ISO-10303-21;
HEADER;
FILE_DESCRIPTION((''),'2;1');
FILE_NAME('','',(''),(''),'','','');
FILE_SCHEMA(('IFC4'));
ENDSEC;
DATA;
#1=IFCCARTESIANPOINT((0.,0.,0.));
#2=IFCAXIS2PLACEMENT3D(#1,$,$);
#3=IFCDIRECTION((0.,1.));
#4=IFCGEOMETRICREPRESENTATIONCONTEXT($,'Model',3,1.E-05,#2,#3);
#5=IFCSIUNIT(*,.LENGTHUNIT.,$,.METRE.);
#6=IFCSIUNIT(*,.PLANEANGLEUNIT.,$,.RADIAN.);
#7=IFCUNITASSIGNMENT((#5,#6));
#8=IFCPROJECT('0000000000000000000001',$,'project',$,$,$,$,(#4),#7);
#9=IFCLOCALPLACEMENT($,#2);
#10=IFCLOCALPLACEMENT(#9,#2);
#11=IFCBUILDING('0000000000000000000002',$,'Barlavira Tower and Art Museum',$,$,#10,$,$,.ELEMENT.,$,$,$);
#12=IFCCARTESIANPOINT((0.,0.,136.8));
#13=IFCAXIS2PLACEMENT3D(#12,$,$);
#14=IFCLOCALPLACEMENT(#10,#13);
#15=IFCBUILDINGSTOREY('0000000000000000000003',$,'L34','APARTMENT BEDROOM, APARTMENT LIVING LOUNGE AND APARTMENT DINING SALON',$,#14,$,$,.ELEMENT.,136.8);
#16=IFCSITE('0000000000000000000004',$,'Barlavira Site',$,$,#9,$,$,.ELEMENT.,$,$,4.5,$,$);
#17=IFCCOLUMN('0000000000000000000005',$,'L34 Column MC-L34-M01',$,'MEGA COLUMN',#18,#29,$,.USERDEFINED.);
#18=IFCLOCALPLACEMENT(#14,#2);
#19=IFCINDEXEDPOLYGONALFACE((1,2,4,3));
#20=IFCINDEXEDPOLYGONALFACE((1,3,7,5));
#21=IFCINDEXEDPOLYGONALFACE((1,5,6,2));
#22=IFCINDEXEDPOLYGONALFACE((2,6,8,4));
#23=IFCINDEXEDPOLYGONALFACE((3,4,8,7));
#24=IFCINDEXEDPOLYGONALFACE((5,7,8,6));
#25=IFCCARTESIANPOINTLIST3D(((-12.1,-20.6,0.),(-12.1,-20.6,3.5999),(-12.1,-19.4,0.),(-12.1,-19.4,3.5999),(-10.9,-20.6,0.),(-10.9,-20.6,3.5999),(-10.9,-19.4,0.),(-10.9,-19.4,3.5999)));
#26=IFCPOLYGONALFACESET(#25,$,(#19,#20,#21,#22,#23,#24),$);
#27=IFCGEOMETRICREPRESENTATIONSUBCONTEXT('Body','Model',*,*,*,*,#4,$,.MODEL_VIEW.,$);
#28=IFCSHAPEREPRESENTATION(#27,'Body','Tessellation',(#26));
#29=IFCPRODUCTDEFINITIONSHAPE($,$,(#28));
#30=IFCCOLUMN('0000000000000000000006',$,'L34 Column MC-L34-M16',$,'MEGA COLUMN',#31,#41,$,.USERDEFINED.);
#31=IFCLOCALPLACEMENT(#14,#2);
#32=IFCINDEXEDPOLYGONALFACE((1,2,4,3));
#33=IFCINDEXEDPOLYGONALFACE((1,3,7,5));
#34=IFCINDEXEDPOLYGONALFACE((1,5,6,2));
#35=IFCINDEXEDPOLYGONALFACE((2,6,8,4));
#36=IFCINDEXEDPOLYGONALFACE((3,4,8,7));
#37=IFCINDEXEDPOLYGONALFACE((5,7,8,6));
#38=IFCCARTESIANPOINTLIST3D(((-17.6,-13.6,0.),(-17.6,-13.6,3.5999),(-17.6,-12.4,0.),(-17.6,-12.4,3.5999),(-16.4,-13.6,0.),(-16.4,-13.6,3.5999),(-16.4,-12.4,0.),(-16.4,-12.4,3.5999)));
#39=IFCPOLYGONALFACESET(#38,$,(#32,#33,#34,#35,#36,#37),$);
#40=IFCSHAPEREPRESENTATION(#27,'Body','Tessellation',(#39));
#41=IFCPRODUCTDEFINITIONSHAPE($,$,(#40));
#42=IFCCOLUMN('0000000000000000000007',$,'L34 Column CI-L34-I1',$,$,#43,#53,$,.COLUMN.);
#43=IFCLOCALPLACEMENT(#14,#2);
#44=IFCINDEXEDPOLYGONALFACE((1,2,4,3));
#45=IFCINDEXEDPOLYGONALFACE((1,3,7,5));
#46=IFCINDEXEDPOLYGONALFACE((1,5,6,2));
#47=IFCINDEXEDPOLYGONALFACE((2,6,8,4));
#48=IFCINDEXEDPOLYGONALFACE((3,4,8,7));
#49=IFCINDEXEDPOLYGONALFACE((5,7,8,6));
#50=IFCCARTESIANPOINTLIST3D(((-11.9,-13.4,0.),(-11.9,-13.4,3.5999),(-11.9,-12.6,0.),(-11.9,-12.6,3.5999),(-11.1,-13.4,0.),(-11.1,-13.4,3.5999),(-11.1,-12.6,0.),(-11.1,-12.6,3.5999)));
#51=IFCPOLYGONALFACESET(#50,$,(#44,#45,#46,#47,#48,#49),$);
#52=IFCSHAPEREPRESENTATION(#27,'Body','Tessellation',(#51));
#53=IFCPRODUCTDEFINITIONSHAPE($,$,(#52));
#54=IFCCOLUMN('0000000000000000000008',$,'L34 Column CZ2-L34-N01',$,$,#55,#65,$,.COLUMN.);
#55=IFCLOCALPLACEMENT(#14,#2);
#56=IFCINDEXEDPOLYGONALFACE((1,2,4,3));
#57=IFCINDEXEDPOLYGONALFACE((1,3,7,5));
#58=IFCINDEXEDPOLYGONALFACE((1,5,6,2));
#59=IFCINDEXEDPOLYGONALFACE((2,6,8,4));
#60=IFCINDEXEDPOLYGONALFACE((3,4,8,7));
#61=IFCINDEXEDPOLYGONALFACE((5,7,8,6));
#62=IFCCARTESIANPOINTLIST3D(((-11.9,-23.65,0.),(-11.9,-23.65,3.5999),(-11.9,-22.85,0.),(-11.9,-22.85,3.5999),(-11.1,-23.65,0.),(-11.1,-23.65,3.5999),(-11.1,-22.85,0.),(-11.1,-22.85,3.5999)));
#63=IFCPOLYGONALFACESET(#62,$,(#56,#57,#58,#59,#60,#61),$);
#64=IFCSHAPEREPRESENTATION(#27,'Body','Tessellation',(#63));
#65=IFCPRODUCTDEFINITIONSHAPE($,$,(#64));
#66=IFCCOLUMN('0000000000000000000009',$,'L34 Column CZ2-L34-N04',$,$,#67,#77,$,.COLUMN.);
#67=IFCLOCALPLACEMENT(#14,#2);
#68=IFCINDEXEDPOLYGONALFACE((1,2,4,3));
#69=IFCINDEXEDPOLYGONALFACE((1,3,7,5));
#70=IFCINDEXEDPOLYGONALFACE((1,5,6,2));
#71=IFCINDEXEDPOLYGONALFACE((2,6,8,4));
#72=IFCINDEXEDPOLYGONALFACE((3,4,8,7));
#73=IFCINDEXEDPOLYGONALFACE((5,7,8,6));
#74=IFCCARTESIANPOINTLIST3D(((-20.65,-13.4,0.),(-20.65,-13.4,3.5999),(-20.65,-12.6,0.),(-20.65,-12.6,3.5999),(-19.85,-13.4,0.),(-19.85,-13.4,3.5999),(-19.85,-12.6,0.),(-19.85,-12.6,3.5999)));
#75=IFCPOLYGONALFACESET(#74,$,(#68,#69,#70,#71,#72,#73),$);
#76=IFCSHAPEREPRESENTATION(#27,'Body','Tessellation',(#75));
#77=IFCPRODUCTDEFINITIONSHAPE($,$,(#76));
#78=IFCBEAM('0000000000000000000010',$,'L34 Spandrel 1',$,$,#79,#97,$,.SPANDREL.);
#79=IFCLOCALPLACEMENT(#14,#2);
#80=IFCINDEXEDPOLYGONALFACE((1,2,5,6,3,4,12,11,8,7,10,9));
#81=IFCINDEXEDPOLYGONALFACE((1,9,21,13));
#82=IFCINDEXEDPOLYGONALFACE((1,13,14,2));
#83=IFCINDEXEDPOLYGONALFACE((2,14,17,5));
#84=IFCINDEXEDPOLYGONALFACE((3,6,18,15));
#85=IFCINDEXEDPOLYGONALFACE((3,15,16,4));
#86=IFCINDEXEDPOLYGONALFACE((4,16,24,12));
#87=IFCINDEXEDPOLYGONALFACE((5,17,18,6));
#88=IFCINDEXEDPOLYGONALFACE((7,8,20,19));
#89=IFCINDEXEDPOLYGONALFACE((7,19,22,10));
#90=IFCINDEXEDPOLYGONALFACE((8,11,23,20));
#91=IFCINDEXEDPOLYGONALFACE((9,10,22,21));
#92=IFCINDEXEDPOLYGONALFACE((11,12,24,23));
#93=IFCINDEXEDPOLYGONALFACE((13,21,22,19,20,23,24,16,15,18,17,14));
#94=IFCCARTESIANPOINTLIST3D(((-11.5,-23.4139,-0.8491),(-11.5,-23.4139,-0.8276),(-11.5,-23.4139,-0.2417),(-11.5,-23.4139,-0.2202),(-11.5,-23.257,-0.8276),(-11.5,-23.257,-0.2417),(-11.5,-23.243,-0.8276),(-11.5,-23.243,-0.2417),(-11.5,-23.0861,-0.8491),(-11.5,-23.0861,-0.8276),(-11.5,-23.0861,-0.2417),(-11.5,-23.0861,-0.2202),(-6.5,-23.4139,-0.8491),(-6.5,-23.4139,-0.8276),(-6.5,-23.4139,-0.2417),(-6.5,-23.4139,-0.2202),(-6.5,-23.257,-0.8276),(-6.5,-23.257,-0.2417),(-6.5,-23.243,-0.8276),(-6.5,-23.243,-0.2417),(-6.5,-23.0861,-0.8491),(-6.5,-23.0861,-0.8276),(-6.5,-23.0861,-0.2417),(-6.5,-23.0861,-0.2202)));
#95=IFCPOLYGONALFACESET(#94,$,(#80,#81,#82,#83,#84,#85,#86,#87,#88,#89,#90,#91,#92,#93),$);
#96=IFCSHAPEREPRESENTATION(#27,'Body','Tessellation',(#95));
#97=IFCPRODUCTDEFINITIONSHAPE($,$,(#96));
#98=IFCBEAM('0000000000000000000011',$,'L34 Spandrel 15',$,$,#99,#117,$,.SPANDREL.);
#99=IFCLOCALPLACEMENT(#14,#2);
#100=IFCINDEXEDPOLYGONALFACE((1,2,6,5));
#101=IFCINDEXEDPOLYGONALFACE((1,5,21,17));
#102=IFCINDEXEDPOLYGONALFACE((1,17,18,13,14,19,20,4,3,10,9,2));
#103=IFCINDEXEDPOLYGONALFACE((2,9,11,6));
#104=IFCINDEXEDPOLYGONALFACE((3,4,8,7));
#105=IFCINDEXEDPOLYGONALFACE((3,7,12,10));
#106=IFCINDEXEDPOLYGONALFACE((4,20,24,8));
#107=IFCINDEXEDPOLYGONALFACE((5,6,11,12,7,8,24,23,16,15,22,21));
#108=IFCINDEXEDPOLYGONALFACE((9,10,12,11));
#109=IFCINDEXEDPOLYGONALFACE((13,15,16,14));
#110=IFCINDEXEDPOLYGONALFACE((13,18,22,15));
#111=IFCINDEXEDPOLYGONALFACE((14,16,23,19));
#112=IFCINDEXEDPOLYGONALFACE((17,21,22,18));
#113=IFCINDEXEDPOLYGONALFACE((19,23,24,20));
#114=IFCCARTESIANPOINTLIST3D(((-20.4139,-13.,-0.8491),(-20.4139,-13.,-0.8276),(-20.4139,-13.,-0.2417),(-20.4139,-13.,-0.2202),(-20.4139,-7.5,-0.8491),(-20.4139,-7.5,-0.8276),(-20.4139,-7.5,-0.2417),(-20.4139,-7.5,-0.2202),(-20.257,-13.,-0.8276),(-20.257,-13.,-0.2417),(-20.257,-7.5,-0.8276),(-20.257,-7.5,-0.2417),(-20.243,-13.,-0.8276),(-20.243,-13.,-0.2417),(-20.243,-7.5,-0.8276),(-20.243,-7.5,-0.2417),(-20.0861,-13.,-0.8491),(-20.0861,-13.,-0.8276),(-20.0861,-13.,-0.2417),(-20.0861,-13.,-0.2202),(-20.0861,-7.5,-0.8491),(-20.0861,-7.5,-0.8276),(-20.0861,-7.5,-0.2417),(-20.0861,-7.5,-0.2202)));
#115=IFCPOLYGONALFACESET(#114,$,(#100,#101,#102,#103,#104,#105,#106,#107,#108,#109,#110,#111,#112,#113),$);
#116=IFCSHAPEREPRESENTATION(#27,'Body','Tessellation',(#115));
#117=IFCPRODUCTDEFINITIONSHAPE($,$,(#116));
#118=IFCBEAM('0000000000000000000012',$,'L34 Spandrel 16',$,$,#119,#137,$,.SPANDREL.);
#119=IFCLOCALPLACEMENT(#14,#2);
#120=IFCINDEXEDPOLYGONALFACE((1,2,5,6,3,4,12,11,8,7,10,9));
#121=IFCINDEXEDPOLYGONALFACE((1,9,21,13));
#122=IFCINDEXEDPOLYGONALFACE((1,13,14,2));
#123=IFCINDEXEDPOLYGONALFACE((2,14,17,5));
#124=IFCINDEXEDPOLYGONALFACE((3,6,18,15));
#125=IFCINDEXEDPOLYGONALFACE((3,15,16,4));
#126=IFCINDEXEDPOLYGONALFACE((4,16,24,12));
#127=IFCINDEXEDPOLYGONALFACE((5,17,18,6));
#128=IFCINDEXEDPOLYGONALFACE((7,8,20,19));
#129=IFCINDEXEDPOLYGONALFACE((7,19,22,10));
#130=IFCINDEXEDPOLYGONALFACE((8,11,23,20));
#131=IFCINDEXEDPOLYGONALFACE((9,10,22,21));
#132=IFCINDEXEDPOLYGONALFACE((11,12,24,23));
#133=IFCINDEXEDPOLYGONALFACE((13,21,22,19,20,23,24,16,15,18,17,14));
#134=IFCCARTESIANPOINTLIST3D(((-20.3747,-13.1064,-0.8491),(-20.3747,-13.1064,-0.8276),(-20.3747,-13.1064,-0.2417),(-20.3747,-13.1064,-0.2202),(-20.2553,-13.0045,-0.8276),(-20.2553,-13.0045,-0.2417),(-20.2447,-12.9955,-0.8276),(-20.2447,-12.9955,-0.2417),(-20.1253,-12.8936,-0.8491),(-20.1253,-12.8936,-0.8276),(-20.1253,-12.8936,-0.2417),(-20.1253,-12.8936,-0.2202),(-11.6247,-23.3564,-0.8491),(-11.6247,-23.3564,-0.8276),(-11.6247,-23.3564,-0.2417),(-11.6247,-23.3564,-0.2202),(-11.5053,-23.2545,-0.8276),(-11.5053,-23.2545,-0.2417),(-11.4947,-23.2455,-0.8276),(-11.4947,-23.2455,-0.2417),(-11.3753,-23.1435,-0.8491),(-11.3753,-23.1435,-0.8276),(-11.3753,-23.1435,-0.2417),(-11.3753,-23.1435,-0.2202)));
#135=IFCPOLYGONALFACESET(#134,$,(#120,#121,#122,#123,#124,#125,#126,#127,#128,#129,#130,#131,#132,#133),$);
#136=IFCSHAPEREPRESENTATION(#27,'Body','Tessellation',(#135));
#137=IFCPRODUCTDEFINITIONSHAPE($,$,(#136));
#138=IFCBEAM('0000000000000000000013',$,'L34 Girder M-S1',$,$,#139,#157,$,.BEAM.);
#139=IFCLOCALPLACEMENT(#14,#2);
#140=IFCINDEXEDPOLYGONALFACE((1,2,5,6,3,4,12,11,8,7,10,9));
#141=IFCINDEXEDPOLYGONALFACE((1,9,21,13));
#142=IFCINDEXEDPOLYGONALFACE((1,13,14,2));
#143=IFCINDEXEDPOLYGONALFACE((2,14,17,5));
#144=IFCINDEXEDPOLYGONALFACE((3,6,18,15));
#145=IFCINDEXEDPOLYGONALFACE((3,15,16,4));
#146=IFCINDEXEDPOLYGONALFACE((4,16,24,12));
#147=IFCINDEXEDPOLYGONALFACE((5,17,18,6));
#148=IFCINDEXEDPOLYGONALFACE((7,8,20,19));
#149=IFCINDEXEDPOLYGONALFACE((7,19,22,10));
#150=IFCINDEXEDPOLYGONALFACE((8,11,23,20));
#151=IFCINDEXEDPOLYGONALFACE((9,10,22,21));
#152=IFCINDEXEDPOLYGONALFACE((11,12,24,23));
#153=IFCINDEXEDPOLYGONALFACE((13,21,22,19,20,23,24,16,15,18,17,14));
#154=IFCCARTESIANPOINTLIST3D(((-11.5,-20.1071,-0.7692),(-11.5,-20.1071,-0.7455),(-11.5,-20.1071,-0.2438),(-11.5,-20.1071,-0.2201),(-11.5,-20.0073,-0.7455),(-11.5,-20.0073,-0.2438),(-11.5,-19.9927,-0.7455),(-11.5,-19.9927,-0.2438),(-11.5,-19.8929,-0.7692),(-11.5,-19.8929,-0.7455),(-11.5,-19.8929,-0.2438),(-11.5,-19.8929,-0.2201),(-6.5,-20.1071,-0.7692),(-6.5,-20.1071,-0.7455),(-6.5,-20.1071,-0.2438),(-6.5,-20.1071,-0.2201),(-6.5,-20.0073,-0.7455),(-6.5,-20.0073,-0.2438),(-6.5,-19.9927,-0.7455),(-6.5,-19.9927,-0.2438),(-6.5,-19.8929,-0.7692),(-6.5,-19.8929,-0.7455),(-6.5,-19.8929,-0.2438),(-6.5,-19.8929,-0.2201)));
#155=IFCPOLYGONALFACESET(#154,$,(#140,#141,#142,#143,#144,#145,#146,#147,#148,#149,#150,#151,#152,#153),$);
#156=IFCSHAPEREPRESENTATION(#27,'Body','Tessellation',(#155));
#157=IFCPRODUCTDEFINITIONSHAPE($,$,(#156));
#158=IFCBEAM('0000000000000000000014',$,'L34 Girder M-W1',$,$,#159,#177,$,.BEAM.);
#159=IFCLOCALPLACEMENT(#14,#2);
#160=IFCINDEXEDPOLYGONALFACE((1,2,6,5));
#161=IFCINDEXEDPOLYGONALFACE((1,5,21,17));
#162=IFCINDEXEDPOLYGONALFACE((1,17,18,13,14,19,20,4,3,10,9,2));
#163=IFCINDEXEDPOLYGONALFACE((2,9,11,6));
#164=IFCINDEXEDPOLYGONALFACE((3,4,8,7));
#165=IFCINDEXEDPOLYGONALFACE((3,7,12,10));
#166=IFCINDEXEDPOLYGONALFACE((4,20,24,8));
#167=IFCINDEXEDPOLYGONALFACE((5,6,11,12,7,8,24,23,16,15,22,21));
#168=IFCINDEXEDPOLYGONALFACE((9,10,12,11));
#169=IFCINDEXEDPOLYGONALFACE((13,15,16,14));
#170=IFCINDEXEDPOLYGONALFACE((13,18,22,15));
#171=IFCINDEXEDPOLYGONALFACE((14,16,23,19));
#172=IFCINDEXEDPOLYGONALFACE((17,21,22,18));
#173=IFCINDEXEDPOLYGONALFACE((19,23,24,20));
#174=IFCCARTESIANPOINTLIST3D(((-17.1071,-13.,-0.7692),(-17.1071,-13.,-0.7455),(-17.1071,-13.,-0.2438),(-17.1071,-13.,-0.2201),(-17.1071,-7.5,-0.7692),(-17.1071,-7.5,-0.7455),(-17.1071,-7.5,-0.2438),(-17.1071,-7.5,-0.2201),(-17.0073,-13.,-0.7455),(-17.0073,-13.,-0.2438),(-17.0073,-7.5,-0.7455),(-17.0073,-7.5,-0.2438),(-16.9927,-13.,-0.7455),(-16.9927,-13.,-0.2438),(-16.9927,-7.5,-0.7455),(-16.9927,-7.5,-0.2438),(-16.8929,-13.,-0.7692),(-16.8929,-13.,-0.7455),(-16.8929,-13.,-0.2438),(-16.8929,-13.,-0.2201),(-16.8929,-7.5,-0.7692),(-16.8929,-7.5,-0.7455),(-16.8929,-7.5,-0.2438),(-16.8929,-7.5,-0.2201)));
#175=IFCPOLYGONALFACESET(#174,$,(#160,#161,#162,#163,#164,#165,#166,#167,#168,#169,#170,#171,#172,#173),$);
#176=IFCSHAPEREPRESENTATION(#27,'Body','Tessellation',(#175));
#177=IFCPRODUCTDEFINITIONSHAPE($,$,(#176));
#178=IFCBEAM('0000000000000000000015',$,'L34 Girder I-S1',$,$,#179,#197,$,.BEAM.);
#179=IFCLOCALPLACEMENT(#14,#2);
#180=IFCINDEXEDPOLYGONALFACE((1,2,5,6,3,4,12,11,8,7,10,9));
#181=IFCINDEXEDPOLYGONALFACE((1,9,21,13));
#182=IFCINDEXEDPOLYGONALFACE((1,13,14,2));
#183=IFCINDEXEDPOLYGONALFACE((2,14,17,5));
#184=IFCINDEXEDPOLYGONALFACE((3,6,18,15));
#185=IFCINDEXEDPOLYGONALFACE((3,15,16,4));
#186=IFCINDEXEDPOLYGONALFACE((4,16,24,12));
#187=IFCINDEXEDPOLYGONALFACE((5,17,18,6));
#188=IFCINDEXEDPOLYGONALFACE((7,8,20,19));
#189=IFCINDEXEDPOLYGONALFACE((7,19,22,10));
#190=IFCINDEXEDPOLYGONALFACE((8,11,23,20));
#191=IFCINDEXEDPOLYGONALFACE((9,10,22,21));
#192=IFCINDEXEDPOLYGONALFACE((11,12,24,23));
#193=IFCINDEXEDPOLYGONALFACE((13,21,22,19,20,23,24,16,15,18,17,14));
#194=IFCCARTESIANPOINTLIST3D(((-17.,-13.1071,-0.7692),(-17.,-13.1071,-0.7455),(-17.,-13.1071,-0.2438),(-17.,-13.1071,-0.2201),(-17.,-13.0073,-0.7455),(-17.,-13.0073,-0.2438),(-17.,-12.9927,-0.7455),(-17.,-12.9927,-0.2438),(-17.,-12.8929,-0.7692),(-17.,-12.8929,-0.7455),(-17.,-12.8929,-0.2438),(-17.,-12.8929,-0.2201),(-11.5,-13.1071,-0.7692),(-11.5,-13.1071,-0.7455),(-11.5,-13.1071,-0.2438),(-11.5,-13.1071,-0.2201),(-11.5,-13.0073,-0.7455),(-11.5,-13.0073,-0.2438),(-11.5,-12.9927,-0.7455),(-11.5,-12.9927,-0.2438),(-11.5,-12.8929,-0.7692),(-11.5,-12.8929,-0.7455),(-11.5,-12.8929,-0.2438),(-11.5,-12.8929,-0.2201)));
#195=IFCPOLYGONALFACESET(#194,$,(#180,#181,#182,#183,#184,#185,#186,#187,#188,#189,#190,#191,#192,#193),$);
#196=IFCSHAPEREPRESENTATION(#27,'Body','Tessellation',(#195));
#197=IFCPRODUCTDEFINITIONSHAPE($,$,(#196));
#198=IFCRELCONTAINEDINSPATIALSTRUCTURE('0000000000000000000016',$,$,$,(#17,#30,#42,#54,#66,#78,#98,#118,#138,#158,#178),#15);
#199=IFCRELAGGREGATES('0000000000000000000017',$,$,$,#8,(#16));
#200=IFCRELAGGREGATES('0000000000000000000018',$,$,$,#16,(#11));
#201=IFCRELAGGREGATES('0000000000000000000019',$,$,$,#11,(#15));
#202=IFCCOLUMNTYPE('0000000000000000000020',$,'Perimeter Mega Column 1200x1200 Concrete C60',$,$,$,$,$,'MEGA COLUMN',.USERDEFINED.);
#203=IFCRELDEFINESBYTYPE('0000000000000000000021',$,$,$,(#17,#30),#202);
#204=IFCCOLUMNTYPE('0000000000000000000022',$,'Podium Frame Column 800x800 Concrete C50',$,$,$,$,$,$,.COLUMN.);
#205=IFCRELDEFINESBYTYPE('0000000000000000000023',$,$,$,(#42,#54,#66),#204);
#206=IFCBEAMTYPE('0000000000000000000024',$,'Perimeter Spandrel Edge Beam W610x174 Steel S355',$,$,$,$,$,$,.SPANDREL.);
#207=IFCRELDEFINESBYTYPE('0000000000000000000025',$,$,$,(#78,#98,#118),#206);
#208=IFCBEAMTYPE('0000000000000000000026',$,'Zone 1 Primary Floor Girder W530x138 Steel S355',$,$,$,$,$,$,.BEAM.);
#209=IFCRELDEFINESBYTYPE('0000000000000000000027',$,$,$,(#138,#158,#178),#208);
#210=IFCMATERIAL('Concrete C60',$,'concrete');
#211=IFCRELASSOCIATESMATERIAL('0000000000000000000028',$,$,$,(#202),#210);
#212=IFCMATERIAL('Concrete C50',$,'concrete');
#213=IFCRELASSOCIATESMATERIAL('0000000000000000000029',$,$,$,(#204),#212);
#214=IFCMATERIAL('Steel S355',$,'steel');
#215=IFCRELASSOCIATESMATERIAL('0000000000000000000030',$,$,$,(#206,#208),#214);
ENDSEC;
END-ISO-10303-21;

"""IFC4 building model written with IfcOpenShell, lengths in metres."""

from ifc_helpers import new_model, si_unit, direction, frame, origin, origin_2d, place, context, subcontext, project, spatial, rectangle, i_section, extrude, material, material_profile, profile_set, type_object, element, save


model = new_model("IFC4")

# Units and contexts
model_context = context("Model", 3, precision=1e-05, world=origin(), true_north=direction((0.0, 1.0)))
body_context = subcontext(model_context, "Body", "Model", "MODEL_VIEW")
ifc_project = project(units=[si_unit("LENGTHUNIT", "METRE"), si_unit("PLANEANGLEUNIT", "RADIAN")], contexts=[model_context])

# Site, building, storey
site_placement = place(None, origin())
site = spatial("IfcSite", under=ifc_project, at=site_placement, Name="Barlavira Site", CompositionType="ELEMENT", RefElevation=4.5)
building_placement = place(site_placement, origin())
building = spatial("IfcBuilding", under=site, at=building_placement, Name="Barlavira Tower and Art Museum", CompositionType="ELEMENT")
storey_placement = place(building_placement, frame((0.0, 0.0, 136.8)))
storey = spatial("IfcBuildingStorey", under=building, at=storey_placement, Name="L34", Description="APARTMENT BEDROOM, APARTMENT LIVING LOUNGE AND APARTMENT DINING SALON", CompositionType="ELEMENT", Elevation=136.8)

# Columns
ifc_material_1 = material(Name="Concrete C60", Category="concrete")
ifc_material_profile_1 = material_profile(ifc_material_1, rectangle(XDim=1.2, YDim=1.2, at=origin_2d()), Name="RC-COL 1200x1200")
ifc_profile_set_1 = profile_set([ifc_material_profile_1], Name="Concrete C60")
column_type_1 = type_object("IfcColumnType", Name="Perimeter Mega Column 1200x1200 Concrete C60", ElementType="MEGA COLUMN", PredefinedType="USERDEFINED", material=ifc_profile_set_1)
for number, where, z_axis, x_axis, name in (
    (1, (-11.5, -20.0, 0.0), (0.0, 0.0, 1.0), (1.0, 0.0, 0.0), "L34 Column MC-L34-M01"),
    (2, (-17.0, -13.0, 0.0), (0.0, 0.0, 1.0), (1.0, 0.0, 0.0), "L34 Column MC-L34-M16"),
):
    element("IfcColumn", number, at=place(storey_placement, frame(where, z_axis=z_axis, x_axis=x_axis)), inside=storey, type_object=column_type_1, Name=name, ObjectType="MEGA COLUMN", PredefinedType="USERDEFINED", context=body_context, shape_type="SweptSolid", body=[
        extrude(rectangle(XDim=1.2, YDim=1.2, at=origin_2d()), origin(), (0.0, 0.0, 1.0), 3.5999),
    ])
ifc_material_2 = material(Name="Concrete C50", Category="concrete")
ifc_material_profile_2 = material_profile(ifc_material_2, rectangle(XDim=0.8, YDim=0.8, at=origin_2d()), Name="RC-COL 800x800")
ifc_profile_set_2 = profile_set([ifc_material_profile_2], Name="Concrete C50")
column_type_2 = type_object("IfcColumnType", Name="Podium Frame Column 800x800 Concrete C50", PredefinedType="COLUMN", material=ifc_profile_set_2)
for number, where, z_axis, x_axis, name in (
    (3, (-11.5, -13.0, 0.0), (0.0, 0.0, 1.0), (1.0, 0.0, 0.0), "L34 Column CI-L34-I1"),
    (4, (-11.5, -23.25, 0.0), (0.0, 0.0, 1.0), (1.0, 0.0, 0.0), "L34 Column CZ2-L34-N01"),
    (5, (-20.25, -13.0, 0.0), (0.0, 0.0, 1.0), (1.0, 0.0, 0.0), "L34 Column CZ2-L34-N04"),
):
    element("IfcColumn", number, at=place(storey_placement, frame(where, z_axis=z_axis, x_axis=x_axis)), inside=storey, type_object=column_type_2, Name=name, PredefinedType="COLUMN", context=body_context, shape_type="SweptSolid", body=[
        extrude(rectangle(XDim=0.8, YDim=0.8, at=origin_2d()), origin(), (0.0, 0.0, 1.0), 3.5999),
    ])

# Beams
ifc_material_3 = material(Name="Steel S355", Category="steel")
ifc_material_profile_3 = material_profile(ifc_material_3, i_section(OverallWidth=0.3279, OverallDepth=0.6289, WebThickness=0.0139, FlangeThickness=0.0215, at=origin_2d()), Name="W610x174.0")
ifc_profile_set_3 = profile_set([ifc_material_profile_3], Name="Steel S355")
beam_type_1 = type_object("IfcBeamType", Name="Perimeter Spandrel Edge Beam W610x174 Steel S355", PredefinedType="SPANDREL", material=ifc_profile_set_3)
beam_1_placement = place(storey_placement, frame((-11.5, -23.25, -0.5347), z_axis=(1.0, 0.0, 0.0), x_axis=(0.0, 1.0, 0.0)))
element("IfcBeam", 6, at=beam_1_placement, inside=storey, type_object=beam_type_1, Name="L34 Spandrel 1", PredefinedType="SPANDREL", context=body_context, shape_type="SweptSolid", body=[
    extrude(i_section(OverallWidth=0.3279, OverallDepth=0.6289, WebThickness=0.0139, FlangeThickness=0.0215, at=origin_2d()), origin(), (0.0, 0.0, 1.0), 5.0),
])
beam_2_placement = place(storey_placement, frame((-20.25, -13.0, -0.5347), z_axis=(0.0, 1.0, 0.0), x_axis=(-1.0, 0.0, 0.0)))
element("IfcBeam", 7, at=beam_2_placement, inside=storey, type_object=beam_type_1, Name="L34 Spandrel 15", PredefinedType="SPANDREL", context=body_context, shape_type="SweptSolid", body=[
    extrude(i_section(OverallWidth=0.3279, OverallDepth=0.6289, WebThickness=0.0139, FlangeThickness=0.0215, at=origin_2d()), origin(), (0.0, 0.0, 1.0), 5.5),
])
beam_3_placement = place(storey_placement, frame((-20.25, -13.0, -0.5347), z_axis=(0.649262, -0.760565, 0.0), x_axis=(0.760565, 0.649262, 0.0)))
element("IfcBeam", 8, at=beam_3_placement, inside=storey, type_object=beam_type_1, Name="L34 Spandrel 16", PredefinedType="SPANDREL", context=body_context, shape_type="SweptSolid", body=[
    extrude(i_section(OverallWidth=0.3279, OverallDepth=0.6289, WebThickness=0.0139, FlangeThickness=0.0215, at=origin_2d()), origin(), (0.0, 0.0, 1.0), 13.4768),
])
ifc_material_profile_4 = material_profile(ifc_material_3, i_section(OverallWidth=0.2141, OverallDepth=0.5491, WebThickness=0.0146, FlangeThickness=0.0237, at=origin_2d()), Name="W530x138.0")
ifc_profile_set_4 = profile_set([ifc_material_profile_4], Name="Steel S355")
beam_type_2 = type_object("IfcBeamType", Name="Zone 1 Primary Floor Girder W530x138 Steel S355", PredefinedType="BEAM", material=ifc_profile_set_4)
beam_4_placement = place(storey_placement, frame((-11.5, -20.0, -0.4946), z_axis=(1.0, 0.0, 0.0), x_axis=(0.0, 1.0, 0.0)))
element("IfcBeam", 9, at=beam_4_placement, inside=storey, type_object=beam_type_2, Name="L34 Girder M-S1", PredefinedType="BEAM", context=body_context, shape_type="SweptSolid", body=[
    extrude(i_section(OverallWidth=0.2141, OverallDepth=0.5491, WebThickness=0.0146, FlangeThickness=0.0237, at=origin_2d()), origin(), (0.0, 0.0, 1.0), 5.0),
])
for number, where, z_axis, x_axis, name in (
    (10, (-17.0, -13.0, -0.4946), (0.0, 1.0, 0.0), (-1.0, 0.0, 0.0), "L34 Girder M-W1"),
    (11, (-17.0, -13.0, -0.4946), (1.0, 0.0, 0.0), (0.0, 1.0, 0.0), "L34 Girder I-S1"),
):
    element("IfcBeam", number, at=place(storey_placement, frame(where, z_axis=z_axis, x_axis=x_axis)), inside=storey, type_object=beam_type_2, Name=name, PredefinedType="BEAM", context=body_context, shape_type="SweptSolid", body=[
        extrude(i_section(OverallWidth=0.2141, OverallDepth=0.5491, WebThickness=0.0146, FlangeThickness=0.0237, at=origin_2d()), origin(), (0.0, 0.0, 1.0), 5.5),
    ])

save(model, "model.ifc")
